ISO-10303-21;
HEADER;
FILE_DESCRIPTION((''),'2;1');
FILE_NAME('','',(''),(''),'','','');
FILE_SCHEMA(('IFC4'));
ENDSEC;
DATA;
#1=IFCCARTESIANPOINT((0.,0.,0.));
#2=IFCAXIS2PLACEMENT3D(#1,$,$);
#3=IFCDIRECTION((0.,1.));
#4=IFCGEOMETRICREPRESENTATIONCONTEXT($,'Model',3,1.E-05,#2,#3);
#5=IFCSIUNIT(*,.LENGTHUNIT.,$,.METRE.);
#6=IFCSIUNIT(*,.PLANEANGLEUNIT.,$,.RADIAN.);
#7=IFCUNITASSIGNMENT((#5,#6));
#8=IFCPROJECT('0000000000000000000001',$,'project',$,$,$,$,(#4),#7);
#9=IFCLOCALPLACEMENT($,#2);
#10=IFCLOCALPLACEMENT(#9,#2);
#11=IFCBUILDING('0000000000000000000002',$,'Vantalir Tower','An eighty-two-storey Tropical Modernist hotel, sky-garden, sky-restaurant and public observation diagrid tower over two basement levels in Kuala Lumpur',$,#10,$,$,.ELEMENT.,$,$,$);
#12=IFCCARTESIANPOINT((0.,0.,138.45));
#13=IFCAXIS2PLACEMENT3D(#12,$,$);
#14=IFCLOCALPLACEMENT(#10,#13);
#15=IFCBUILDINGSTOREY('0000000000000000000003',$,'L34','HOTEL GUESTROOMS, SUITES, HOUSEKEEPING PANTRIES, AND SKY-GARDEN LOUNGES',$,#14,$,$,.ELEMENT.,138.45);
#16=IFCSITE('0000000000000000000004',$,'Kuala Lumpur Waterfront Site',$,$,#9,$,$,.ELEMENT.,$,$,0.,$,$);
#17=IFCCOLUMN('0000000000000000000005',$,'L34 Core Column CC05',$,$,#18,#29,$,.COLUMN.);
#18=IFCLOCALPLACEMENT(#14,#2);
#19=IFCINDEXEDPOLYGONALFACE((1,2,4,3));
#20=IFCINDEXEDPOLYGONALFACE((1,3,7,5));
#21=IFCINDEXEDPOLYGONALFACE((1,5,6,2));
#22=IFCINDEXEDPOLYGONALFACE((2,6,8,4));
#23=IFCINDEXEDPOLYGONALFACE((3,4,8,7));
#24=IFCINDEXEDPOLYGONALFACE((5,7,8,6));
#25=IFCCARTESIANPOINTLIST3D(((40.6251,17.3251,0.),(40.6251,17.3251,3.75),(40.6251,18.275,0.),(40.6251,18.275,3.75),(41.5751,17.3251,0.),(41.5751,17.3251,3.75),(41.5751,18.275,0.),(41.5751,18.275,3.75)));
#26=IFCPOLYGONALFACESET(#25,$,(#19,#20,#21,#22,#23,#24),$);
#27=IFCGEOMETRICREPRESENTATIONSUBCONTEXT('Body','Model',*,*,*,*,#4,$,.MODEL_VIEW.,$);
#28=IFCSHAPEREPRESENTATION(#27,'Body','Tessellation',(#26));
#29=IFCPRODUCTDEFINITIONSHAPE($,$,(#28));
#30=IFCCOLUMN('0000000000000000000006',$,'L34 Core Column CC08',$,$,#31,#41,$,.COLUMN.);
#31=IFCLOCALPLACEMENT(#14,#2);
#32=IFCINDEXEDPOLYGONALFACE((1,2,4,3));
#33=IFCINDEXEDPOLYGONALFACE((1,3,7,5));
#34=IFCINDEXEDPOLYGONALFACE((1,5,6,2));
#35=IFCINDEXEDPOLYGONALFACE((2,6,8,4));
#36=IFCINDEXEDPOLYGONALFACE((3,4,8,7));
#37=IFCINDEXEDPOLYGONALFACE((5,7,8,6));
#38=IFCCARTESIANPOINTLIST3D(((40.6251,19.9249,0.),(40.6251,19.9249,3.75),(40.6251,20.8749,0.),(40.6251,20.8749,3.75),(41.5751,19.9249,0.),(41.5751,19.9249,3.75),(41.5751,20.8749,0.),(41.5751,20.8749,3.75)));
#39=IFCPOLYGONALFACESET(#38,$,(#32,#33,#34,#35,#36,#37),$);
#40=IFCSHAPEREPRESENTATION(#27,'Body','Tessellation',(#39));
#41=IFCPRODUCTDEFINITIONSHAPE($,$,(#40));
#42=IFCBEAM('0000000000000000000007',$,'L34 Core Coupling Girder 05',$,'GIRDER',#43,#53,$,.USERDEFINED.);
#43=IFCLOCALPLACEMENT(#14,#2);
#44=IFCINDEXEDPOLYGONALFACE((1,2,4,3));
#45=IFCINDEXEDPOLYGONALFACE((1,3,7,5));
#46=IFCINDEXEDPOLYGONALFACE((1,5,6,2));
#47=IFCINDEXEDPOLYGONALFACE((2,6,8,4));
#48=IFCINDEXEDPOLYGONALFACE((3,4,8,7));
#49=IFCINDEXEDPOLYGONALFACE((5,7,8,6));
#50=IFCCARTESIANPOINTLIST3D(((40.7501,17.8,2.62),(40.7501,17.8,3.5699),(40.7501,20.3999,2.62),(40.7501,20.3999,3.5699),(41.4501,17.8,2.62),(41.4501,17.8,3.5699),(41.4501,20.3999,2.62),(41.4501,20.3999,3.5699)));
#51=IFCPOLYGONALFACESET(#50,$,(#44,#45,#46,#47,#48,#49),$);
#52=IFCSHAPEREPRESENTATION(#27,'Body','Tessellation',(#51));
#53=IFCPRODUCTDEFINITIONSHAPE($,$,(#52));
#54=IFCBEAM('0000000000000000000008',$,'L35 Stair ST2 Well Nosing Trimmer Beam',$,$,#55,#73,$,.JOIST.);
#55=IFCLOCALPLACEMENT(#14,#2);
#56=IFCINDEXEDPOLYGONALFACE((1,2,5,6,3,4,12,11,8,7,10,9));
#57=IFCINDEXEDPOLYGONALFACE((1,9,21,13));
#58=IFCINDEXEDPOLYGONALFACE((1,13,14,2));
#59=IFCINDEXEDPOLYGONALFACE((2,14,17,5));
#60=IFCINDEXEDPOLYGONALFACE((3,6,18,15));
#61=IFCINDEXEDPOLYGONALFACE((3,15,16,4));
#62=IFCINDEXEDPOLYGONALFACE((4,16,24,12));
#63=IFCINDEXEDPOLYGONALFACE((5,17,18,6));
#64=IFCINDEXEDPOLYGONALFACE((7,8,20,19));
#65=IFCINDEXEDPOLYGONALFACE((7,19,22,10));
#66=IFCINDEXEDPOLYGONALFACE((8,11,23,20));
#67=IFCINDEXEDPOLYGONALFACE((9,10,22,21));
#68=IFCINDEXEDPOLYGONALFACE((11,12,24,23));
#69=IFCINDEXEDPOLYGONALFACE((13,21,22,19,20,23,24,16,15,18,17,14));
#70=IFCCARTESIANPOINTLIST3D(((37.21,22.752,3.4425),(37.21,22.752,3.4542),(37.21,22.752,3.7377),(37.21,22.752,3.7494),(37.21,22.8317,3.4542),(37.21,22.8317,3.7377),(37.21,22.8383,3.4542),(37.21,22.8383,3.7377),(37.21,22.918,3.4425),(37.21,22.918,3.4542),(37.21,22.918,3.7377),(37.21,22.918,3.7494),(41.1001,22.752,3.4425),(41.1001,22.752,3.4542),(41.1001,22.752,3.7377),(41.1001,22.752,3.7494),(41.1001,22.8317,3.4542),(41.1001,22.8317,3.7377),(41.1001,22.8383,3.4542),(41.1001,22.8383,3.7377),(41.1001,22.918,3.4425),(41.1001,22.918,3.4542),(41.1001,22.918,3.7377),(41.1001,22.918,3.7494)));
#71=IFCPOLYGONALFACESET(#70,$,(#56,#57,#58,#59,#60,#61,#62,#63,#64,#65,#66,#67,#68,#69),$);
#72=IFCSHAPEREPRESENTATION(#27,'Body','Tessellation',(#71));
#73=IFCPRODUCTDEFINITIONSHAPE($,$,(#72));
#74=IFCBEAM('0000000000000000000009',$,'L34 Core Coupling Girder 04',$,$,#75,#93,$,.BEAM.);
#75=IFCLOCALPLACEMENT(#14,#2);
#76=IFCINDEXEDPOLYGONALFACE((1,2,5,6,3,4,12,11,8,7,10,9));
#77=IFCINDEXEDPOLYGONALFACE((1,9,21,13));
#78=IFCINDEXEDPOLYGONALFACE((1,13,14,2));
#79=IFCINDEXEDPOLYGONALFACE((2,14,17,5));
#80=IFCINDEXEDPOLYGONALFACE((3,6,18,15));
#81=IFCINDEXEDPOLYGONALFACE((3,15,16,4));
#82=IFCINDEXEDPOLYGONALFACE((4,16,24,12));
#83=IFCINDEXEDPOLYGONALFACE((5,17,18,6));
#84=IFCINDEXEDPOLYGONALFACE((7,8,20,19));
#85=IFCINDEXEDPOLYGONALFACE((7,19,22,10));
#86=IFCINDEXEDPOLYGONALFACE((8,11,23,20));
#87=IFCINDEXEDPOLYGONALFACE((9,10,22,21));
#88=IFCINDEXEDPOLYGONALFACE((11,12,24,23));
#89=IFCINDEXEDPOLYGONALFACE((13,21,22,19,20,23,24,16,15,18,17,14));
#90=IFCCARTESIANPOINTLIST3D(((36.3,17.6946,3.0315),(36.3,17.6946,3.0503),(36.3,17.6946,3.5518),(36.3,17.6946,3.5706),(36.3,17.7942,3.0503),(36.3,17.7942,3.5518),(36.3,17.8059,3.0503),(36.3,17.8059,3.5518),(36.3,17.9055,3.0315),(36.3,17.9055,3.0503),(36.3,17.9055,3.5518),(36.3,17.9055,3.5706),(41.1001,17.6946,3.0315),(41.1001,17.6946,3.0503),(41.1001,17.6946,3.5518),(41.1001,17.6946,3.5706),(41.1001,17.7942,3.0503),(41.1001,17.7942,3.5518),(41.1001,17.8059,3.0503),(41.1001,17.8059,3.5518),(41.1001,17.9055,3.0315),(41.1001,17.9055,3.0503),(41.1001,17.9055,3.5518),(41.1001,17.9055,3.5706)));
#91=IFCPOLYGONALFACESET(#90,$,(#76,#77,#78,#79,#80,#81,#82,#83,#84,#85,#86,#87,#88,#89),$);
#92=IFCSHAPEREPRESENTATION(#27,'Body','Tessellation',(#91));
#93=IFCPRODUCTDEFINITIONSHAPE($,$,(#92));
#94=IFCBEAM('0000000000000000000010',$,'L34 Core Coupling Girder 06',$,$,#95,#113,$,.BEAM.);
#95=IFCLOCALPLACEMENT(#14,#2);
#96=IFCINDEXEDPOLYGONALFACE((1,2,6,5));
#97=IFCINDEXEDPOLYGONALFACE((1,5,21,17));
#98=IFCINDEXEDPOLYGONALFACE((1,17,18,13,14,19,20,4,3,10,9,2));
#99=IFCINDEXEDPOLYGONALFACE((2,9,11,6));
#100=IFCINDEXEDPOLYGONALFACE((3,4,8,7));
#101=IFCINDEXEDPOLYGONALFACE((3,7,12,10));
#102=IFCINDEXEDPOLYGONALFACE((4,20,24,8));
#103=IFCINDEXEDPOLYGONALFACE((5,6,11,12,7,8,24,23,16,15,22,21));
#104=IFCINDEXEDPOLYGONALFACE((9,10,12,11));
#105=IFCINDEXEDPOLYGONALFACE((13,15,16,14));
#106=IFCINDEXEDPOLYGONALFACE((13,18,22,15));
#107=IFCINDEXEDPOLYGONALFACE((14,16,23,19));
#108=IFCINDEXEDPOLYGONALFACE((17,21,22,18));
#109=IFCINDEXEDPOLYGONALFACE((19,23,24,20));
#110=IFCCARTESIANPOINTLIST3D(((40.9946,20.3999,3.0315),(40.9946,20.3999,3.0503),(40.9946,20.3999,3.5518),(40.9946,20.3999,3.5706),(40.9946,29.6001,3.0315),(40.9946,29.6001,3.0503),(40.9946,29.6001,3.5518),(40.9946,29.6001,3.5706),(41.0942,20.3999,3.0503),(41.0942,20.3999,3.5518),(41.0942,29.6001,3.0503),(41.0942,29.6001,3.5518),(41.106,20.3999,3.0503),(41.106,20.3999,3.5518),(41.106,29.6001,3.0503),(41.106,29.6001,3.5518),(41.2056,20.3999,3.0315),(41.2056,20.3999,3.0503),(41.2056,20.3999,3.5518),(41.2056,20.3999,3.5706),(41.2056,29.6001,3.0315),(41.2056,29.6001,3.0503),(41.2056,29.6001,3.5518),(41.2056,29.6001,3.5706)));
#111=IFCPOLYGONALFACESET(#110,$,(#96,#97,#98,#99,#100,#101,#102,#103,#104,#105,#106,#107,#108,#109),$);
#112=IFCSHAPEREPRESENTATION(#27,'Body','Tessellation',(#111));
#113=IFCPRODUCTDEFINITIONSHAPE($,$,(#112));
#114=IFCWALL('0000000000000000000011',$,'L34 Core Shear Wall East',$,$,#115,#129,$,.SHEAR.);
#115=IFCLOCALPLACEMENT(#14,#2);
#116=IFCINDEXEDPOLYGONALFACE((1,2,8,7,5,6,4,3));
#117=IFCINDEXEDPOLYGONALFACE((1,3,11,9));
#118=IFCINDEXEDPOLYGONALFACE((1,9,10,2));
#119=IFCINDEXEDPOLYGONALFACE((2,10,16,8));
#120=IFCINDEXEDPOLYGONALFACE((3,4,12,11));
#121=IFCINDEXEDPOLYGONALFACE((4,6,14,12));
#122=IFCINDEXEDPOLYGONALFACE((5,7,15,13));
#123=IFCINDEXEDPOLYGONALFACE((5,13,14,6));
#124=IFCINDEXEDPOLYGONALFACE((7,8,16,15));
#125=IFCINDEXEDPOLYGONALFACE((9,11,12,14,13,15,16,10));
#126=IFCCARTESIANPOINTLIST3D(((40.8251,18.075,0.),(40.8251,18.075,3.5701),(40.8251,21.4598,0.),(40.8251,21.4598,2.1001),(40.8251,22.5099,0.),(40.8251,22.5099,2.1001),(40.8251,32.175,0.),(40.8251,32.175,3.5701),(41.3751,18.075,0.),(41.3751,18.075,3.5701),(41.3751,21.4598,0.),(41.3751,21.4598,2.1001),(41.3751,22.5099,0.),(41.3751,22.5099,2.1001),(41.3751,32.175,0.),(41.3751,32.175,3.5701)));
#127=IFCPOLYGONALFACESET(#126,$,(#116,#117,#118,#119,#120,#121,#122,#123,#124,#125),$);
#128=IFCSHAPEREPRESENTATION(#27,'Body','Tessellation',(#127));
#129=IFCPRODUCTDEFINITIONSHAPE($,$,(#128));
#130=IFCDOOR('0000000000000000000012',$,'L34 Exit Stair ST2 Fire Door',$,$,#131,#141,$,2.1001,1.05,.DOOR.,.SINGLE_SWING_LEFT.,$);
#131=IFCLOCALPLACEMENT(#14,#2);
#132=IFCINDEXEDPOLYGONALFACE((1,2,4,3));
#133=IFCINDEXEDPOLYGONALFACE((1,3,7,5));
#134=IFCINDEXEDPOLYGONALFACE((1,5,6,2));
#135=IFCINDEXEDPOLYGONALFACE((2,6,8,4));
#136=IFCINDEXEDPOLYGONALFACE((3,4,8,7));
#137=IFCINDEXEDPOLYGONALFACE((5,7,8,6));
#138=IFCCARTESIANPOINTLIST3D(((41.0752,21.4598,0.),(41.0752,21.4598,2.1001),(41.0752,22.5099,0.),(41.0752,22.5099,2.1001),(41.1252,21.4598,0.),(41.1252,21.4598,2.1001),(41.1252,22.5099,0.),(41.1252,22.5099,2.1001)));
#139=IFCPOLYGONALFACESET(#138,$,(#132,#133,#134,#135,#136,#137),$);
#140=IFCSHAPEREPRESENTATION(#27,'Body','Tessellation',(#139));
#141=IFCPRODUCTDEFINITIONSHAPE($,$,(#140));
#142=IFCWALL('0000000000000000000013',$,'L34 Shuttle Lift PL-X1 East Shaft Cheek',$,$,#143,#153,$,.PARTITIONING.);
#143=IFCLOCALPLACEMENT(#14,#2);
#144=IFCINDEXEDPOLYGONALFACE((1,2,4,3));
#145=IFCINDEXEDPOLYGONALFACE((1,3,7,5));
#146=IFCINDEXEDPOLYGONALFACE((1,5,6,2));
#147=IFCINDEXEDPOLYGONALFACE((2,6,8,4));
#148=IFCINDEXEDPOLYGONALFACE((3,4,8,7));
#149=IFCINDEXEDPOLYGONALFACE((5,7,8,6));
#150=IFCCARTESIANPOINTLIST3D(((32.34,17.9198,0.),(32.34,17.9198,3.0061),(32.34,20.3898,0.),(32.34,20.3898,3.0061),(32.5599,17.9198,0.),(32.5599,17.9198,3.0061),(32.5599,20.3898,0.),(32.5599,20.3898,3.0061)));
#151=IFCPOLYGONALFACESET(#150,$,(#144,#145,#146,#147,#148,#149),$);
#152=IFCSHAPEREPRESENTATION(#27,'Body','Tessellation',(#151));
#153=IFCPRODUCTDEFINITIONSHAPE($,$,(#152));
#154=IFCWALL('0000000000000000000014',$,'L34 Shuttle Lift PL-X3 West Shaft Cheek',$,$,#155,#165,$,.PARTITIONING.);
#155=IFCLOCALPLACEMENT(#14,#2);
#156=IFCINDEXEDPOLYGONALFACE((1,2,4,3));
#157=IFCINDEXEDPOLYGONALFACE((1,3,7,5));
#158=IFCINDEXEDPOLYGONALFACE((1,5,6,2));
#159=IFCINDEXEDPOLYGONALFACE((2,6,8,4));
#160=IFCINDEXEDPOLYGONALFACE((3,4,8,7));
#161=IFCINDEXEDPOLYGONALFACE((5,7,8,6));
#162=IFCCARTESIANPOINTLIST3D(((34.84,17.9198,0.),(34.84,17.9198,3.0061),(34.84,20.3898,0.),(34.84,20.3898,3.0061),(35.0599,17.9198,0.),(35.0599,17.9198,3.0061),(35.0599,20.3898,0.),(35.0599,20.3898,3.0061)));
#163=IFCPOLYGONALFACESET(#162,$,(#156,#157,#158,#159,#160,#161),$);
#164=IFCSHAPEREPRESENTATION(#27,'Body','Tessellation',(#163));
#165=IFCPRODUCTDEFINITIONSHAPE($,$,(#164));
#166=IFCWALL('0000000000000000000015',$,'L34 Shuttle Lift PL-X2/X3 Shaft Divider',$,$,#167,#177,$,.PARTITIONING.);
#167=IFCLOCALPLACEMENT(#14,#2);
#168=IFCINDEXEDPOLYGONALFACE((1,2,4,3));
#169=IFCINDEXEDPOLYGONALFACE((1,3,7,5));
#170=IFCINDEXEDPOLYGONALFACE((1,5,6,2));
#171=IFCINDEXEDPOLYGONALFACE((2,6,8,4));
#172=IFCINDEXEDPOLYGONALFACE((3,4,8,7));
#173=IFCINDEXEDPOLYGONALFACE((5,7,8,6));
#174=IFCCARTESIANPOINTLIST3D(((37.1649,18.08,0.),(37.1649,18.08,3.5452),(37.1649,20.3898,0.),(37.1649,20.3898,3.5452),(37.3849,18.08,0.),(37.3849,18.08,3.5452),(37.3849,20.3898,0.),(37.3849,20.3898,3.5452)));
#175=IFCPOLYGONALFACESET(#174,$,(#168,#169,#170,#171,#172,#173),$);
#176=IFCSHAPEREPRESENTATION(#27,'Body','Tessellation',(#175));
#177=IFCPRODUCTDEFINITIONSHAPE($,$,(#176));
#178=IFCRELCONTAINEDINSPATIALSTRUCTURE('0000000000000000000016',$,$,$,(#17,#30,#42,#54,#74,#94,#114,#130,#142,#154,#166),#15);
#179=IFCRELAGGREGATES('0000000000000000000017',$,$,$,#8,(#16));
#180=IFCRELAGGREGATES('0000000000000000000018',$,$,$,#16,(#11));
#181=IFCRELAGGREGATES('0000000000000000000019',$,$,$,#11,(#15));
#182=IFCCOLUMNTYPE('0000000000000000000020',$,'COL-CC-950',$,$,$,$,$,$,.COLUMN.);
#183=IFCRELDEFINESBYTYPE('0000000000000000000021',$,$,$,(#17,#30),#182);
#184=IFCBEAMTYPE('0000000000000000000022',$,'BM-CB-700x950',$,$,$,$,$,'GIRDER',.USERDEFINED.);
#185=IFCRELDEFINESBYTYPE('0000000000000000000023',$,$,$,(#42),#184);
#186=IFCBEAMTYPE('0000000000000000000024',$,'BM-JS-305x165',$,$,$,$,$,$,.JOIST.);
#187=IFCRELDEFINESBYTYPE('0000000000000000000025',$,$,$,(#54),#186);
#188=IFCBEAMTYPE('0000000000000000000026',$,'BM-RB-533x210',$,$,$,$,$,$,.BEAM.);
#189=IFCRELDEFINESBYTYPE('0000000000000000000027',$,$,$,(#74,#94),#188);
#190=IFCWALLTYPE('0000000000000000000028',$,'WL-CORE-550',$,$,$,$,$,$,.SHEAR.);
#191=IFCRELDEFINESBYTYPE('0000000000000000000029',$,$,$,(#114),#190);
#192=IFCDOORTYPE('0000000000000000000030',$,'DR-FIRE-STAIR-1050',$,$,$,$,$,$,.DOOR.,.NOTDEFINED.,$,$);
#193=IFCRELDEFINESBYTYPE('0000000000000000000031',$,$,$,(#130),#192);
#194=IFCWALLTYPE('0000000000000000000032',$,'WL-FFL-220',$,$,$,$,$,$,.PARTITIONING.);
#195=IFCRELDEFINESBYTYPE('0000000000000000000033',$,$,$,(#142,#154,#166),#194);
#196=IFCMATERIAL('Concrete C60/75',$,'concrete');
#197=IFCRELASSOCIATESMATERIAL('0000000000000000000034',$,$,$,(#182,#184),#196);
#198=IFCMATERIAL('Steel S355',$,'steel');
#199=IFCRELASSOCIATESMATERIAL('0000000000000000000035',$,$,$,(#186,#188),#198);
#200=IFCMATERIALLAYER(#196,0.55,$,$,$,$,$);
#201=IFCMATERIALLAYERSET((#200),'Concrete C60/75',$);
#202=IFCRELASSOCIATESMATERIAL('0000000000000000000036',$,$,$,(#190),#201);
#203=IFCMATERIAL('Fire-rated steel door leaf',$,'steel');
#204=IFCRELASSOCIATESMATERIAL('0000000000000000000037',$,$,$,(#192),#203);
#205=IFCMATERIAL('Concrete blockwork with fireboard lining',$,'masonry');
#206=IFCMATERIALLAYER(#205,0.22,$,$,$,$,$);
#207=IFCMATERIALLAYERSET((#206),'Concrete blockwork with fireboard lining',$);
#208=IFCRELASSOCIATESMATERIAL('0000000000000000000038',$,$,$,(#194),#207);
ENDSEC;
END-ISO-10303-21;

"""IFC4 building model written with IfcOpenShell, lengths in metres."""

from ifc_helpers import new_model, si_unit, direction, frame, frame_2d, origin, origin_2d, place, context, subcontext, project, spatial, rectangle, i_section, extrude, material, layer, layer_set, material_profile, profile_set, type_object, element, fill, save


model = new_model("IFC4")

# Units and contexts
model_context = context("Model", 3, precision=1e-05, world=origin(), true_north=direction((0.0, 1.0)))
body_context = subcontext(model_context, "Body", "Model", "MODEL_VIEW")
ifc_project = project(units=[si_unit("LENGTHUNIT", "METRE"), si_unit("PLANEANGLEUNIT", "RADIAN")], contexts=[model_context])

# Site, building, storey
site_placement = place(None, origin())
site = spatial("IfcSite", under=ifc_project, at=site_placement, Name="Kuala Lumpur Waterfront Site", CompositionType="ELEMENT", RefElevation=0.0)
building_placement = place(site_placement, origin())
building = spatial("IfcBuilding", under=site, at=building_placement, Name="Vantalir Tower", Description="An eighty-two-storey Tropical Modernist hotel, sky-garden, sky-restaurant and public observation diagrid tower over two basement levels in Kuala Lumpur", CompositionType="ELEMENT")
storey_placement = place(building_placement, frame((0.0, 0.0, 138.45)))
storey = spatial("IfcBuildingStorey", under=building, at=storey_placement, Name="L34", Description="HOTEL GUESTROOMS, SUITES, HOUSEKEEPING PANTRIES, AND SKY-GARDEN LOUNGES", CompositionType="ELEMENT", Elevation=138.45)

# Columns
ifc_material_1 = material(Name="Concrete C60/75", Category="concrete")
ifc_material_profile_1 = material_profile(ifc_material_1, rectangle(XDim=0.95, YDim=0.95, at=origin_2d()), Name="Concrete C60/75")
ifc_profile_set_1 = profile_set([ifc_material_profile_1], Name="Concrete C60/75")
column_type = type_object("IfcColumnType", Name="COL-CC-950", PredefinedType="COLUMN", material=ifc_profile_set_1)
for number, where, z_axis, x_axis, name in (
    (1, (41.1001, 17.8, 0.0), (0.0, 0.0, 1.0), (1.0, 0.0, 0.0), "L34 Core Column CC05"),
    (2, (41.1001, 20.3999, 0.0), (0.0, 0.0, 1.0), (1.0, 0.0, 0.0), "L34 Core Column CC08"),
):
    element("IfcColumn", number, at=place(storey_placement, frame(where, z_axis=z_axis, x_axis=x_axis)), inside=storey, type_object=column_type, Name=name, PredefinedType="COLUMN", context=body_context, shape_type="SweptSolid", body=[
        extrude(rectangle(XDim=0.95, YDim=0.95, at=origin_2d()), origin(), (0.0, 0.0, 1.0), 3.75),
    ])

# Beams
ifc_material_profile_2 = material_profile(ifc_material_1, rectangle(XDim=0.7, YDim=0.95, at=origin_2d()), Name="Concrete C60/75")
ifc_profile_set_2 = profile_set([ifc_material_profile_2], Name="Concrete C60/75")
beam_type_1 = type_object("IfcBeamType", Name="BM-CB-700x950", ElementType="GIRDER", PredefinedType="USERDEFINED", material=ifc_profile_set_2)
beam_1_placement = place(storey_placement, frame((41.1001, 17.8, 3.095), z_axis=(0.0, 1.0, 0.0), x_axis=(-1.0, 0.0, 0.0)))
element("IfcBeam", 3, at=beam_1_placement, inside=storey, type_object=beam_type_1, Name="L34 Core Coupling Girder 05", ObjectType="GIRDER", PredefinedType="USERDEFINED", context=body_context, shape_type="SweptSolid", body=[
    extrude(rectangle(XDim=0.7, YDim=0.95, at=origin_2d()), origin(), (0.0, 0.0, 1.0), 2.5999),
])
ifc_material_2 = material(Name="Steel S355", Category="steel")
ifc_material_profile_3 = material_profile(ifc_material_2, i_section(OverallWidth=0.166, OverallDepth=0.3069, WebThickness=0.0066, FlangeThickness=0.0117, at=origin_2d()), Name="Steel S355")
ifc_profile_set_3 = profile_set([ifc_material_profile_3], Name="Steel S355")
beam_type_2 = type_object("IfcBeamType", Name="BM-JS-305x165", PredefinedType="JOIST", material=ifc_profile_set_3)
beam_2_placement = place(storey_placement, frame((37.21, 22.835, 3.5959), z_axis=(1.0, 0.0, 0.0), x_axis=(0.0, 1.0, 0.0)))
element("IfcBeam", 4, at=beam_2_placement, inside=storey, type_object=beam_type_2, Name="L35 Stair ST2 Well Nosing Trimmer Beam", PredefinedType="JOIST", context=body_context, shape_type="SweptSolid", body=[
    extrude(i_section(OverallWidth=0.166, OverallDepth=0.3069, WebThickness=0.0066, FlangeThickness=0.0117, at=origin_2d()), origin(), (0.0, 0.0, 1.0), 3.8901),
])
ifc_material_profile_4 = material_profile(ifc_material_2, i_section(OverallWidth=0.2109, OverallDepth=0.5391, WebThickness=0.0117, FlangeThickness=0.0188, at=origin_2d()), Name="Steel S355")
ifc_profile_set_4 = profile_set([ifc_material_profile_4], Name="Steel S355")
beam_type_3 = type_object("IfcBeamType", Name="BM-RB-533x210", PredefinedType="BEAM", material=ifc_profile_set_4)
beam_3_placement = place(storey_placement, frame((36.3, 17.8, 3.301), z_axis=(1.0, 0.0, 0.0), x_axis=(0.0, 1.0, 0.0)))
element("IfcBeam", 5, at=beam_3_placement, inside=storey, type_object=beam_type_3, Name="L34 Core Coupling Girder 04", PredefinedType="BEAM", context=body_context, shape_type="SweptSolid", body=[
    extrude(i_section(OverallWidth=0.2109, OverallDepth=0.5391, WebThickness=0.0117, FlangeThickness=0.0188, at=origin_2d()), origin(), (0.0, 0.0, 1.0), 4.8),
])
beam_4_placement = place(storey_placement, frame((41.1001, 20.3999, 3.301), z_axis=(0.0, 1.0, 0.0), x_axis=(-1.0, 0.0, 0.0)))
element("IfcBeam", 6, at=beam_4_placement, inside=storey, type_object=beam_type_3, Name="L34 Core Coupling Girder 06", PredefinedType="BEAM", context=body_context, shape_type="SweptSolid", body=[
    extrude(i_section(OverallWidth=0.2109, OverallDepth=0.5391, WebThickness=0.0117, FlangeThickness=0.0188, at=origin_2d()), origin(), (0.0, 0.0, 1.0), 9.2002),
])

# Wall, opening, door
ifc_layer_1 = layer(ifc_material_1, 0.55)
ifc_layer_set_1 = layer_set([ifc_layer_1], Name="Concrete C60/75")
wall_type_1 = type_object("IfcWallType", Name="WL-CORE-550", PredefinedType="SHEAR", material=ifc_layer_set_1)
wall_1_placement = place(storey_placement, frame((41.1001, 18.075, 0.0), z_axis=(0.0, 0.0, 1.0), x_axis=(0.0, 1.0, 0.0)))
wall_1 = element("IfcWall", 7, at=wall_1_placement, inside=storey, type_object=wall_type_1, Name="L34 Core Shear Wall East", PredefinedType="SHEAR", context=body_context, shape_type="SweptSolid", body=[
    extrude(rectangle(XDim=14.1001, YDim=0.55, at=frame_2d((7.05, 0.0))), origin(), (0.0, 0.0, 1.0), 3.5701),
])
opening_1_placement = place(wall_1_placement, frame((3.385, 0.0, 0.0)))
opening_1 = element("IfcOpeningElement", 8, at=opening_1_placement, cuts=wall_1, PredefinedType="OPENING", context=body_context, shape_type="SweptSolid", body=[
    extrude(rectangle(XDim=1.05, YDim=2.1001, at=frame_2d((0.5249, 1.05))), frame((0.0, 0.2849, 0.0), z_axis=(0.0, -1.0, 0.0), x_axis=(1.0, 0.0, 0.0)), (0.0, 0.0, 1.0), 0.5701),
])
ifc_material_3 = material(Name="Fire-rated steel door leaf", Category="steel")
door_type_1 = type_object("IfcDoorType", Name="DR-FIRE-STAIR-1050", OperationType="NOTDEFINED", PredefinedType="DOOR", material=ifc_material_3)
door_1_placement = place(opening_1_placement, origin())
door_1 = element("IfcDoor", 9, at=door_1_placement, inside=storey, type_object=door_type_1, Name="L34 Exit Stair ST2 Fire Door", OperationType="SINGLE_SWING_LEFT", OverallHeight=2.1001, OverallWidth=1.05, PredefinedType="DOOR", context=body_context, shape_type="SweptSolid", body=[
    extrude(rectangle(XDim=1.05, YDim=2.1001, at=frame_2d((0.5249, 1.05))), frame((0.0, 0.0249, 0.0), z_axis=(0.0, -1.0, 0.0), x_axis=(1.0, 0.0, 0.0)), (0.0, 0.0, 1.0), 0.05),
])
fill(opening_1, door_1)

# Walls
ifc_material_4 = material(Name="Concrete blockwork with fireboard lining", Category="masonry")
ifc_layer_2 = layer(ifc_material_4, 0.22)
ifc_layer_set_2 = layer_set([ifc_layer_2], Name="Concrete blockwork with fireboard lining")
wall_type_2 = type_object("IfcWallType", Name="WL-FFL-220", PredefinedType="PARTITIONING", material=ifc_layer_set_2)
for number, where, z_axis, x_axis, name in (
    (10, (32.45, 17.9199, 0.0), (0.0, 0.0, 1.0), (0.0, 1.0, 0.0), "L34 Shuttle Lift PL-X1 East Shaft Cheek"),
    (11, (34.95, 17.9199, 0.0), (0.0, 0.0, 1.0), (0.0, 1.0, 0.0), "L34 Shuttle Lift PL-X3 West Shaft Cheek"),
):
    element("IfcWall", number, at=place(storey_placement, frame(where, z_axis=z_axis, x_axis=x_axis)), inside=storey, type_object=wall_type_2, Name=name, PredefinedType="PARTITIONING", context=body_context, shape_type="SweptSolid", body=[
        extrude(rectangle(XDim=2.47, YDim=0.22, at=frame_2d((1.2349, 0.0))), origin(), (0.0, 0.0, 1.0), 3.0061),
    ])
wall_2_placement = place(storey_placement, frame((37.2749, 18.0801, 0.0), z_axis=(0.0, 0.0, 1.0), x_axis=(0.0, 1.0, 0.0)))
element("IfcWall", 12, at=wall_2_placement, inside=storey, type_object=wall_type_2, Name="L34 Shuttle Lift PL-X2/X3 Shaft Divider", PredefinedType="PARTITIONING", context=body_context, shape_type="SweptSolid", body=[
    extrude(rectangle(XDim=2.3098, YDim=0.22, at=frame_2d((1.1548, 0.0))), origin(), (0.0, 0.0, 1.0), 3.5452),
])

save(model, "model.ifc")
